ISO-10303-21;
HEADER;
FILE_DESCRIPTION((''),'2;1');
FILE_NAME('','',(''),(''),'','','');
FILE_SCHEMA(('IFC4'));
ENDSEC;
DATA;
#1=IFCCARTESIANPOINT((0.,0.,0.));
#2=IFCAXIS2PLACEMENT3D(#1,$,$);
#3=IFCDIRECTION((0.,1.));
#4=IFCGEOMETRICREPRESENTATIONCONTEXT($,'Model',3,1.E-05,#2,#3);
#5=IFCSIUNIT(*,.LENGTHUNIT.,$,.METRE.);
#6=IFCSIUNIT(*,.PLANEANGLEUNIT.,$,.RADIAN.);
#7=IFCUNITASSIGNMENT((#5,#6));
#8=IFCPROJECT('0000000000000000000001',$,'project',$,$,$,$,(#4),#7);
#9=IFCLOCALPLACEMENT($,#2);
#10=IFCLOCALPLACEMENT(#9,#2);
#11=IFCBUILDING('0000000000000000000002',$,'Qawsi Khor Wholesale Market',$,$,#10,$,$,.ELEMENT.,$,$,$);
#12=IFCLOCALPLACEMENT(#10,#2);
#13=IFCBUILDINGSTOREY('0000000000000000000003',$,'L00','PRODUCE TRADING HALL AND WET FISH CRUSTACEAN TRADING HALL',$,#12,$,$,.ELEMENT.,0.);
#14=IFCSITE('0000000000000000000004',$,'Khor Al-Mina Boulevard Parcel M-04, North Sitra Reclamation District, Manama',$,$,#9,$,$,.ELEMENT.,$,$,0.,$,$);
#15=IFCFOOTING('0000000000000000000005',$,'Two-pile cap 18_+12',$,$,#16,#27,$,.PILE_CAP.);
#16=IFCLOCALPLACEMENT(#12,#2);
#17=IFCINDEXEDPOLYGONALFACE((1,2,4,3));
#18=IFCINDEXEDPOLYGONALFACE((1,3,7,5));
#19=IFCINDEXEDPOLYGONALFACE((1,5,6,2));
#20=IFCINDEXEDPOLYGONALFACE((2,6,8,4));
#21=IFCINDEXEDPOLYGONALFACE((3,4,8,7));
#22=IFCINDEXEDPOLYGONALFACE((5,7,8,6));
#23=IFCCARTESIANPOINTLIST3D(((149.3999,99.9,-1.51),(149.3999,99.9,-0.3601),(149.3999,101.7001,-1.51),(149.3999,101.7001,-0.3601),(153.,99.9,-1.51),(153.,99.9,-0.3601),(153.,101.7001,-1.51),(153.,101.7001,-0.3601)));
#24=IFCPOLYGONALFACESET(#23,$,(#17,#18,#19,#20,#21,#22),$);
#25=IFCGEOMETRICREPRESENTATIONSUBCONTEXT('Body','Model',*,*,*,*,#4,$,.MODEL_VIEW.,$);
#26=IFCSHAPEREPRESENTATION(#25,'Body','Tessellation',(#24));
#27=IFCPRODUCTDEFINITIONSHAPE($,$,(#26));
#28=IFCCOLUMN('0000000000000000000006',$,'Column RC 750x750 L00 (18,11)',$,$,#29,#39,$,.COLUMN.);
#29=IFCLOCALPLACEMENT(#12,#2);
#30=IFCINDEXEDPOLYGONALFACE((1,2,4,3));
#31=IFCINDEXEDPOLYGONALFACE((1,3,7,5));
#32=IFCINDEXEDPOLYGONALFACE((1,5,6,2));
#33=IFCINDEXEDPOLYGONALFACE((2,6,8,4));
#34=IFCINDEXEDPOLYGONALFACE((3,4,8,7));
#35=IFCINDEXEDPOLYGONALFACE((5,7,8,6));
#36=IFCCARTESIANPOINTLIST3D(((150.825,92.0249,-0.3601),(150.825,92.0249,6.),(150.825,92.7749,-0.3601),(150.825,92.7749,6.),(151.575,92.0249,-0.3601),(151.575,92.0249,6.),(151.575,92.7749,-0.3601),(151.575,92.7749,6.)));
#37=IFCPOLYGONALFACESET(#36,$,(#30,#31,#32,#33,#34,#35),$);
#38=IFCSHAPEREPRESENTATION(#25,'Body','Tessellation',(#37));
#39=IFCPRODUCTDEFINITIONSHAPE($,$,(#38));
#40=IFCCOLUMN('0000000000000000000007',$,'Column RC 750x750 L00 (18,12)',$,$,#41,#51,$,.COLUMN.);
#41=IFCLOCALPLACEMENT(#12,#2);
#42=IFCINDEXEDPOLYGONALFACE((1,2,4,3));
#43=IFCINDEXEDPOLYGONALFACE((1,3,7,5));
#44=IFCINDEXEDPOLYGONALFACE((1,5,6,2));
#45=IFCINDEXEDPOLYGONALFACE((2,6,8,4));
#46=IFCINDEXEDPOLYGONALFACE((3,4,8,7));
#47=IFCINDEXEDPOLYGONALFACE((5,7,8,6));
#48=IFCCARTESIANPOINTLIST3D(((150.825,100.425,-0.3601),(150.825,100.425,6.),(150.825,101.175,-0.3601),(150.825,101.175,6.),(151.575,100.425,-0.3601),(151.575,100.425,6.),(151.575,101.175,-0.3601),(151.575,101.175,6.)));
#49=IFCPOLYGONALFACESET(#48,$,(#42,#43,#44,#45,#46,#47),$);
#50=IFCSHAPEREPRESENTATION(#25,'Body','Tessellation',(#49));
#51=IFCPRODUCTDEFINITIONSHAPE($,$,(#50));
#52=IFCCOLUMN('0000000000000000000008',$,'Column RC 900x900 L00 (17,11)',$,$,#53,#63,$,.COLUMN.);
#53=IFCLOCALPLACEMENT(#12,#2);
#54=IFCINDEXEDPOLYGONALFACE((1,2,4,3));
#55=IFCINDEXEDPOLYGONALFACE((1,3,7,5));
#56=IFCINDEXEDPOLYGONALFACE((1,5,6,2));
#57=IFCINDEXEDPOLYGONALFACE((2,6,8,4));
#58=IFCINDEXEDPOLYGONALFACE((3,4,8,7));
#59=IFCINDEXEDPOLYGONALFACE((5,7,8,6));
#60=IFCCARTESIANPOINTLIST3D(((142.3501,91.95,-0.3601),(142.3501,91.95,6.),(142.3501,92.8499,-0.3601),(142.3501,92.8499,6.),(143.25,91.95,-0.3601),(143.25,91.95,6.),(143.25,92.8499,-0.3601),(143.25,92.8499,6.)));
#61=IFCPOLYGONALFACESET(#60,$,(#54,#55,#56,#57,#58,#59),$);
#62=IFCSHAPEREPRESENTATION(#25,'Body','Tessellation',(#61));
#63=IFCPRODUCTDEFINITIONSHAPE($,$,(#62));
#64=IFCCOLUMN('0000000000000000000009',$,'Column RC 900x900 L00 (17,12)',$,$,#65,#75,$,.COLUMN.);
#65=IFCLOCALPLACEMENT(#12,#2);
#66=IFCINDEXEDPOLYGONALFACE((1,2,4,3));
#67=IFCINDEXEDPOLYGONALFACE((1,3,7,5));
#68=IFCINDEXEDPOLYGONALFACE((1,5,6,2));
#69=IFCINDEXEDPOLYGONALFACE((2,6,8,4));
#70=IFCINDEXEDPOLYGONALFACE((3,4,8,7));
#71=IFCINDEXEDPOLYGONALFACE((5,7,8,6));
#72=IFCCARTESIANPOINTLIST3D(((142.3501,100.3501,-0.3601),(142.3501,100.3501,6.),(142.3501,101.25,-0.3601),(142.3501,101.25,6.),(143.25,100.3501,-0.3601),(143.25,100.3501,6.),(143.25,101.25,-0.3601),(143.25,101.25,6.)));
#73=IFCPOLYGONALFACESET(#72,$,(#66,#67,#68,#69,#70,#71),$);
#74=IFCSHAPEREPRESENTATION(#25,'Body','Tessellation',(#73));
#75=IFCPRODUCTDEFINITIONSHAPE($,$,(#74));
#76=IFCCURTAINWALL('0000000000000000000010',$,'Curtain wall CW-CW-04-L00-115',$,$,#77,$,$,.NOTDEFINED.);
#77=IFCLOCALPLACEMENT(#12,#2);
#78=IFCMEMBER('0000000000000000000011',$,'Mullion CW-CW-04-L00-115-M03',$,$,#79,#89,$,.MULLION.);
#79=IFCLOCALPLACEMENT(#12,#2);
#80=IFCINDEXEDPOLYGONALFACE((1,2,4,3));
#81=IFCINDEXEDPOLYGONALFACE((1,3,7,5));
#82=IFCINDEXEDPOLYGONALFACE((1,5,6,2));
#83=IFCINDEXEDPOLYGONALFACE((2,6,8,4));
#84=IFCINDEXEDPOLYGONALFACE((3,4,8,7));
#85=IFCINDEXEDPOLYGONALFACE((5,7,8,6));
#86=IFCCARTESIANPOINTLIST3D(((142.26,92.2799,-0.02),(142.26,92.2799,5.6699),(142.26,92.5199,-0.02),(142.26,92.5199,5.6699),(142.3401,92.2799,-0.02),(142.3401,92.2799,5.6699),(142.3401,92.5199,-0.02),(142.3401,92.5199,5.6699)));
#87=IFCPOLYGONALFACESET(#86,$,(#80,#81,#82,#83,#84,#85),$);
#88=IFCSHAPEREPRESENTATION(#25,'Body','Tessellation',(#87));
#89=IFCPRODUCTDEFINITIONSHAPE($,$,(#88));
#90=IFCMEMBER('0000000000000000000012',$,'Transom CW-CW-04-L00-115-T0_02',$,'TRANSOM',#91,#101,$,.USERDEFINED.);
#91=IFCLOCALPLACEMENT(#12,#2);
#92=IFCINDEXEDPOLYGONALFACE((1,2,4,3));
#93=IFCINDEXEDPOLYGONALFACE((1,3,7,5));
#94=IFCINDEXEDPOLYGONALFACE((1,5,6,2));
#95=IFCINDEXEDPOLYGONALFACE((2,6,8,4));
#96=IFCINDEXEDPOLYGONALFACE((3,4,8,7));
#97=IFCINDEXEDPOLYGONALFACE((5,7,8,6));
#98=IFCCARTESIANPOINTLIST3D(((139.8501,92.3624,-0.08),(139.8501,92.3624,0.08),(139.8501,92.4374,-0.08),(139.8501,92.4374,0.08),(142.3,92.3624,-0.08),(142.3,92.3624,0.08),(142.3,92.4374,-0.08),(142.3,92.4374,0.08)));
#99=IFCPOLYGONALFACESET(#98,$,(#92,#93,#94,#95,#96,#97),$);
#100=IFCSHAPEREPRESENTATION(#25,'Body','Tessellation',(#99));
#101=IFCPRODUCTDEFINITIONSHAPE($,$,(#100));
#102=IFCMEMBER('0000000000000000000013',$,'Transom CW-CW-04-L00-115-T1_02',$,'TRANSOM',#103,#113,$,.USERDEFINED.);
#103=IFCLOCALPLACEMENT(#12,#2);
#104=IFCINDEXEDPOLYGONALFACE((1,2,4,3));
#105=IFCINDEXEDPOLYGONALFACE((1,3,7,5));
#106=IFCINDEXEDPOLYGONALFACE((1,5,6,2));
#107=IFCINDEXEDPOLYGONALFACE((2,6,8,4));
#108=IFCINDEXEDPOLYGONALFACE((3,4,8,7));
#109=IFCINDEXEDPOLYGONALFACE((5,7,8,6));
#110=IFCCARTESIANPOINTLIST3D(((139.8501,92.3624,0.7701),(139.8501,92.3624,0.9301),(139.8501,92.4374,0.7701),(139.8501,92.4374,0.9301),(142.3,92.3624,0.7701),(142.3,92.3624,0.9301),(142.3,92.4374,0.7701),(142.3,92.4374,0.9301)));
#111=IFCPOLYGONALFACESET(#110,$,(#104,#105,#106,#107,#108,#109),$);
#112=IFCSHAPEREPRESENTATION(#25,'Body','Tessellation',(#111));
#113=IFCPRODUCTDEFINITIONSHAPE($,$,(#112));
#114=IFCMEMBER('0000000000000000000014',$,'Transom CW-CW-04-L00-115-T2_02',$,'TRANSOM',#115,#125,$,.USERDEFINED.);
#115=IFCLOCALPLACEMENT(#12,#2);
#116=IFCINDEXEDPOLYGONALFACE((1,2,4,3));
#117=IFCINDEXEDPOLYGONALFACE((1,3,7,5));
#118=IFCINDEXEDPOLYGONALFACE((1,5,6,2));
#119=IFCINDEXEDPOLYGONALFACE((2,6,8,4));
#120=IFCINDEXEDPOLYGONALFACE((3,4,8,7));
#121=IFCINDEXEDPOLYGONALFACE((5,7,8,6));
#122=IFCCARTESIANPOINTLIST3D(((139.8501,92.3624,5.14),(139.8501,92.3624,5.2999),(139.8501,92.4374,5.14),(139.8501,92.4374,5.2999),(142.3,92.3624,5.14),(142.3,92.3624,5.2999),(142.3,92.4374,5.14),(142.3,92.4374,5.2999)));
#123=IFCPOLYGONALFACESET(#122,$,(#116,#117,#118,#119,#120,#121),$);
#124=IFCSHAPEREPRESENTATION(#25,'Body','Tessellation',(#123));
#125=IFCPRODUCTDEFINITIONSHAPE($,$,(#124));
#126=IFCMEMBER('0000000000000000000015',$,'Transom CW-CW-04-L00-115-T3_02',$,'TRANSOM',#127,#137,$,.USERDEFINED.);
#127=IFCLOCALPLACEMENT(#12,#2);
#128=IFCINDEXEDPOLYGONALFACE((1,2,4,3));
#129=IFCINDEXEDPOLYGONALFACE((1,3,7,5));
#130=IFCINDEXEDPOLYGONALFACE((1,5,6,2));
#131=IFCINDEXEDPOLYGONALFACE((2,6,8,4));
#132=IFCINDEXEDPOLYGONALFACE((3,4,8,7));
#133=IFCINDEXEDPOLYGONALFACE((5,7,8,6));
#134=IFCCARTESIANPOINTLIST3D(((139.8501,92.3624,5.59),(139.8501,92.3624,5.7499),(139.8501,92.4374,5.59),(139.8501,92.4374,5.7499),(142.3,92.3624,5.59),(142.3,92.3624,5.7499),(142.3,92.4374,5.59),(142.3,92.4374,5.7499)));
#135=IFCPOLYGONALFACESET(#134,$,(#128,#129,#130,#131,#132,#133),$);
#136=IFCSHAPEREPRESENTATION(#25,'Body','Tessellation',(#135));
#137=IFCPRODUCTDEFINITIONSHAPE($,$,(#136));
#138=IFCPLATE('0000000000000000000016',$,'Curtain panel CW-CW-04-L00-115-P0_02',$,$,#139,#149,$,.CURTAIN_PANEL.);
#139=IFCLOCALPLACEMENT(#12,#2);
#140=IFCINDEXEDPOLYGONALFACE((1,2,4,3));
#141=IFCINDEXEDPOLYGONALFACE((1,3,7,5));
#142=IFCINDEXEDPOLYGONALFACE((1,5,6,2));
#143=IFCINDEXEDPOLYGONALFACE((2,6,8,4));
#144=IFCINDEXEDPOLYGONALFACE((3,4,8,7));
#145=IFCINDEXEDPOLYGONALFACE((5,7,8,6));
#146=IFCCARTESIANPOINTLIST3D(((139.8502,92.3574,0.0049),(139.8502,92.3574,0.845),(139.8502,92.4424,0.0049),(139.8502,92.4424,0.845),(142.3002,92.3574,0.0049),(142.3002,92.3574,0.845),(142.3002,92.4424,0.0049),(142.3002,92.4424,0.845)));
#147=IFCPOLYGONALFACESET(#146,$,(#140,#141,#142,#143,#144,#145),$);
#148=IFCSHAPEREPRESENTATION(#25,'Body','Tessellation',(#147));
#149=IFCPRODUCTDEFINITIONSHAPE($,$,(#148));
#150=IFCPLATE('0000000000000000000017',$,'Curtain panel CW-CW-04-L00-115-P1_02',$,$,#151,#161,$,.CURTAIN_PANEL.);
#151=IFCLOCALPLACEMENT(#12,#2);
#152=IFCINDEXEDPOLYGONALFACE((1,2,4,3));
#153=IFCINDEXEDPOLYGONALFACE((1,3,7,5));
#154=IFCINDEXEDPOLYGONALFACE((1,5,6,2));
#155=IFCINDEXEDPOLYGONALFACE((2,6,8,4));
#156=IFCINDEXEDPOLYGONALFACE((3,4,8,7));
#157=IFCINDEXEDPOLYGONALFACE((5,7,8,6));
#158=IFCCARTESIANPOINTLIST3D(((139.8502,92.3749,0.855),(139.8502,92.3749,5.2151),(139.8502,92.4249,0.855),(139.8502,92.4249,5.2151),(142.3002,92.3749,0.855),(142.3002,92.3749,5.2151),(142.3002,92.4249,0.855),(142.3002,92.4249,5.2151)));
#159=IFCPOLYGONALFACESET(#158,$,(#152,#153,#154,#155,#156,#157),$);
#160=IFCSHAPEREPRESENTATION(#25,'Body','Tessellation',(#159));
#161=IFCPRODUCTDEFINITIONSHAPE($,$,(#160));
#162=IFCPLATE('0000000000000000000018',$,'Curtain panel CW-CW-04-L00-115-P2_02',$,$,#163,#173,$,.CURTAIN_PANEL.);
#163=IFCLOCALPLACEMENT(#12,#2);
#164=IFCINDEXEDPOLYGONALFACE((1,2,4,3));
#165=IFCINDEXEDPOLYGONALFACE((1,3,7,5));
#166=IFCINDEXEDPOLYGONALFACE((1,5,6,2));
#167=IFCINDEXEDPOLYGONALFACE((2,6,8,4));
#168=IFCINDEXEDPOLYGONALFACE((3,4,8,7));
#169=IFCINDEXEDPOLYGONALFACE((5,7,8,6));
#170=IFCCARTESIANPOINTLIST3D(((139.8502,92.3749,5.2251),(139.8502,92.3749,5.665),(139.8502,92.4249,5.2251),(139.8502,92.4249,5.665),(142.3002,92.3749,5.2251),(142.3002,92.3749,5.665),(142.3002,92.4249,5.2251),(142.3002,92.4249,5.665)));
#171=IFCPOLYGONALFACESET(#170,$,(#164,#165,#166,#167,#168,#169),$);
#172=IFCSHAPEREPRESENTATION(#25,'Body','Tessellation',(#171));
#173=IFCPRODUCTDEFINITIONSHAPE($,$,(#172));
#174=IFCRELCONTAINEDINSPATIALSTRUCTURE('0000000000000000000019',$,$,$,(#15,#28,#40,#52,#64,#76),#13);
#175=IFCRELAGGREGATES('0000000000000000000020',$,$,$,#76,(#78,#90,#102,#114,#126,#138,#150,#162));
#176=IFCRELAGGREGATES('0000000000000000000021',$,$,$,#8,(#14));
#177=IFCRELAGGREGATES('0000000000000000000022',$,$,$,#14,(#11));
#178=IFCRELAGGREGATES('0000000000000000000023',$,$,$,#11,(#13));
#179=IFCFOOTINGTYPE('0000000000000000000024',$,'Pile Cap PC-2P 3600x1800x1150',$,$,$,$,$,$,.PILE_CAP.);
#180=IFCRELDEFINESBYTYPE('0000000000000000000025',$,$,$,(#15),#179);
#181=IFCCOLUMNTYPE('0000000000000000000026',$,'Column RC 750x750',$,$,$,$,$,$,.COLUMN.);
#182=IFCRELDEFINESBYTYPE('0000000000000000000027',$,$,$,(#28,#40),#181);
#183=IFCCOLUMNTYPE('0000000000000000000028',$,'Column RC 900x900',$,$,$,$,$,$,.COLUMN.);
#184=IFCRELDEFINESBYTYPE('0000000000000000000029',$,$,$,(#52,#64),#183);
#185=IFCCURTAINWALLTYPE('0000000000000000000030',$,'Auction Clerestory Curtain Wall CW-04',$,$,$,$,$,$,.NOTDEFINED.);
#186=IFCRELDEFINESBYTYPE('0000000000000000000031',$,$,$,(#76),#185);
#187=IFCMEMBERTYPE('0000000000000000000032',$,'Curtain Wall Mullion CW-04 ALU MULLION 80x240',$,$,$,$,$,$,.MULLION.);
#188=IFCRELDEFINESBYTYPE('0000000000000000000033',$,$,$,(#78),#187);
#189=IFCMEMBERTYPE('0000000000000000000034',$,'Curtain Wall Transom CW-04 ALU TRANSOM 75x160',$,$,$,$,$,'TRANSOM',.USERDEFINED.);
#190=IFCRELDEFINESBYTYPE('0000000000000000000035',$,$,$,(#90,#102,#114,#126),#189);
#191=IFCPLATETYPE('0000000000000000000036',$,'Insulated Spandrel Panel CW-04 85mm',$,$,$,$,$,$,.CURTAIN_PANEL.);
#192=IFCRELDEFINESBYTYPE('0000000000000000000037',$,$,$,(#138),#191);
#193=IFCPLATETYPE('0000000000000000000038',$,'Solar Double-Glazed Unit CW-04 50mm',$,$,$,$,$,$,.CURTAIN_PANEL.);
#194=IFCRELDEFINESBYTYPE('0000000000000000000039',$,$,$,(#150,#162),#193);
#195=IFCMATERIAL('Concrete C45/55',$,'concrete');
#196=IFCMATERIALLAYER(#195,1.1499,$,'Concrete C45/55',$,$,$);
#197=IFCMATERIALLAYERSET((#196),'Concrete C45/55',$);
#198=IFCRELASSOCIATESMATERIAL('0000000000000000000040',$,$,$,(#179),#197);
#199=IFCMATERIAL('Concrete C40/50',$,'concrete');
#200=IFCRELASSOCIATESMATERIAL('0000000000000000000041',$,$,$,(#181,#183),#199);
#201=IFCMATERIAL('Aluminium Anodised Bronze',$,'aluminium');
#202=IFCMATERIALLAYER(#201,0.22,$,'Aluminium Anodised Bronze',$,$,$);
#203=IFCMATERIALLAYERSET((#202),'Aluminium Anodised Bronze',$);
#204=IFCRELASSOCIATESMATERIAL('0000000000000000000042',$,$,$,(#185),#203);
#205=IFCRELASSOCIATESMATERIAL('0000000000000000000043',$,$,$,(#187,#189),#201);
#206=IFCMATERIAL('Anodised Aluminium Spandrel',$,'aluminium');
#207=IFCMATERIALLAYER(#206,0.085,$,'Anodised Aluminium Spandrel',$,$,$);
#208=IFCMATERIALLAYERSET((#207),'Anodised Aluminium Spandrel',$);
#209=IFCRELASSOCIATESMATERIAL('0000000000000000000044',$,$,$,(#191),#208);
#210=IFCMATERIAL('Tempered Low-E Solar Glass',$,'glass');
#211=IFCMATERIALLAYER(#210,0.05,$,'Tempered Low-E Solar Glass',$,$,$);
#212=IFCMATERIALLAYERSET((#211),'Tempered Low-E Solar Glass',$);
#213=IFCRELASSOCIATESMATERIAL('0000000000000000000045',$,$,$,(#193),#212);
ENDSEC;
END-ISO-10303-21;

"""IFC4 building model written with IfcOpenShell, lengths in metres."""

from ifc_helpers import new_model, si_unit, direction, frame, frame_2d, origin, origin_2d, place, context, subcontext, project, spatial, rectangle, extrude, material, layer, layer_set, material_profile, profile_set, type_object, element, aggregate, save


model = new_model("IFC4")

# Units and contexts
model_context = context("Model", 3, precision=1e-05, world=origin(), true_north=direction((0.0, 1.0)))
body_context = subcontext(model_context, "Body", "Model", "MODEL_VIEW")
ifc_project = project(units=[si_unit("LENGTHUNIT", "METRE"), si_unit("PLANEANGLEUNIT", "RADIAN")], contexts=[model_context])

# Site, building, storey
site_placement = place(None, origin())
site = spatial("IfcSite", under=ifc_project, at=site_placement, Name="Khor Al-Mina Boulevard Parcel M-04, North Sitra Reclamation District, Manama", CompositionType="ELEMENT", RefElevation=0.0)
building_placement = place(site_placement, origin())
building = spatial("IfcBuilding", under=site, at=building_placement, Name="Qawsi Khor Wholesale Market", CompositionType="ELEMENT")
storey_placement = place(building_placement, origin())
storey = spatial("IfcBuildingStorey", under=building, at=storey_placement, Name="L00", Description="PRODUCE TRADING HALL AND WET FISH CRUSTACEAN TRADING HALL", CompositionType="ELEMENT", Elevation=0.0)

# Shared definitions
ifc_material_1 = material(Name="Concrete C45/55", Category="concrete")

# Footing
ifc_layer_1 = layer(ifc_material_1, 1.1499, Name="Concrete C45/55")
ifc_layer_set_1 = layer_set([ifc_layer_1], Name="Concrete C45/55")
footing_type_1 = type_object("IfcFootingType", Name="Pile Cap PC-2P 3600x1800x1150", PredefinedType="PILE_CAP", material=ifc_layer_set_1)
for number, where, z_axis, x_axis, name in (
    (1, (151.2, 100.8, -1.51), (0.0, 0.0, 1.0), (1.0, 0.0, 0.0), "Two-pile cap 18_+12"),
):
    element("IfcFooting", number, at=place(storey_placement, frame(where, z_axis=z_axis, x_axis=x_axis)), inside=storey, type_object=footing_type_1, Name=name, PredefinedType="PILE_CAP", context=body_context, shape_type="SweptSolid", body=[
        extrude(rectangle(XDim=3.6001, YDim=1.8, at=origin_2d()), origin(), (0.0, 0.0, 1.0), 1.1499),
    ])

# Columns
ifc_material_2 = material(Name="Concrete C40/50", Category="concrete")
ifc_material_profile_1 = material_profile(ifc_material_2, rectangle(XDim=0.75, YDim=0.75, at=origin_2d()), Name="RC 750x750")
ifc_profile_set_1 = profile_set([ifc_material_profile_1], Name="Concrete C40/50")
column_type_1 = type_object("IfcColumnType", Name="Column RC 750x750", PredefinedType="COLUMN", material=ifc_profile_set_1)
for number, where, z_axis, x_axis, name in (
    (2, (151.2, 92.3999, -0.3601), (0.0, 0.0, 1.0), (1.0, 0.0, 0.0), "Column RC 750x750 L00 (18,11)"),
    (3, (151.2, 100.8, -0.3601), (0.0, 0.0, 1.0), (1.0, 0.0, 0.0), "Column RC 750x750 L00 (18,12)"),
):
    element("IfcColumn", number, at=place(storey_placement, frame(where, z_axis=z_axis, x_axis=x_axis)), inside=storey, type_object=column_type_1, Name=name, PredefinedType="COLUMN", context=body_context, shape_type="SweptSolid", body=[
        extrude(rectangle(XDim=0.75, YDim=0.75, at=origin_2d()), origin(), (0.0, 0.0, 1.0), 6.3601),
    ])
ifc_material_profile_2 = material_profile(ifc_material_2, rectangle(XDim=0.8999, YDim=0.8999, at=origin_2d()), Name="RC 900x900")
ifc_profile_set_2 = profile_set([ifc_material_profile_2], Name="Concrete C40/50")
column_type_2 = type_object("IfcColumnType", Name="Column RC 900x900", PredefinedType="COLUMN", material=ifc_profile_set_2)
for number, where, z_axis, x_axis, name in (
    (4, (142.8, 92.3999, -0.3601), (0.0, 0.0, 1.0), (1.0, 0.0, 0.0), "Column RC 900x900 L00 (17,11)"),
    (5, (142.8, 100.8, -0.3601), (0.0, 0.0, 1.0), (1.0, 0.0, 0.0), "Column RC 900x900 L00 (17,12)"),
):
    element("IfcColumn", number, at=place(storey_placement, frame(where, z_axis=z_axis, x_axis=x_axis)), inside=storey, type_object=column_type_2, Name=name, PredefinedType="COLUMN", context=body_context, shape_type="SweptSolid", body=[
        extrude(rectangle(XDim=0.8999, YDim=0.8999, at=origin_2d()), origin(), (0.0, 0.0, 1.0), 6.3601),
    ])

# Curtain wall, members, plates
ifc_material_3 = material(Name="Aluminium Anodised Bronze", Category="aluminium")
ifc_layer_2 = layer(ifc_material_3, 0.22, Name="Aluminium Anodised Bronze")
ifc_layer_set_2 = layer_set([ifc_layer_2], Name="Aluminium Anodised Bronze")
curtain_wall_type = type_object("IfcCurtainWallType", Name="Auction Clerestory Curtain Wall CW-04", PredefinedType="NOTDEFINED", material=ifc_layer_set_2)
curtain_wall_placement = place(storey_placement, origin())
curtain_wall = element("IfcCurtainWall", 6, at=curtain_wall_placement, inside=storey, type_object=curtain_wall_type, Name="Curtain wall CW-CW-04-L00-115", PredefinedType="NOTDEFINED")
ifc_material_profile_3 = material_profile(ifc_material_3, rectangle(XDim=0.0801, YDim=0.24, at=origin_2d()), Name="ALU MULLION 80x240")
ifc_profile_set_3 = profile_set([ifc_material_profile_3], Name="Aluminium Anodised Bronze")
member_type_1 = type_object("IfcMemberType", Name="Curtain Wall Mullion CW-04 ALU MULLION 80x240", PredefinedType="MULLION", material=ifc_profile_set_3)
member_1_placement = place(storey_placement, frame((142.3, 92.3999, -0.02), z_axis=(0.0, 0.0, 1.0), x_axis=(1.0, 0.0, 0.0)))
member_1 = element("IfcMember", 7, at=member_1_placement, type_object=member_type_1, Name="Mullion CW-CW-04-L00-115-M03", PredefinedType="MULLION", context=body_context, shape_type="SweptSolid", body=[
    extrude(rectangle(XDim=0.0801, YDim=0.24, at=origin_2d()), origin(), (0.0, 0.0, 1.0), 5.6899),
])
ifc_material_profile_4 = material_profile(ifc_material_3, rectangle(XDim=0.075, YDim=0.1599, at=origin_2d()), Name="ALU TRANSOM 75x160")
ifc_profile_set_4 = profile_set([ifc_material_profile_4], Name="Aluminium Anodised Bronze")
member_type_2 = type_object("IfcMemberType", Name="Curtain Wall Transom CW-04 ALU TRANSOM 75x160", ElementType="TRANSOM", PredefinedType="USERDEFINED", material=ifc_profile_set_4)
member_2_placement = place(storey_placement, frame((139.8501, 92.3999, 0.0), z_axis=(1.0, 0.0, 0.0), x_axis=(0.0, 1.0, 0.0)))
member_2 = element("IfcMember", 8, at=member_2_placement, type_object=member_type_2, Name="Transom CW-CW-04-L00-115-T0_02", ObjectType="TRANSOM", PredefinedType="USERDEFINED", context=body_context, shape_type="SweptSolid", body=[
    extrude(rectangle(XDim=0.075, YDim=0.1599, at=origin_2d()), origin(), (0.0, 0.0, 1.0), 2.45),
])
member_3_placement = place(storey_placement, frame((139.8501, 92.3999, 0.8501), z_axis=(1.0, 0.0, 0.0), x_axis=(0.0, 1.0, 0.0)))
member_3 = element("IfcMember", 9, at=member_3_placement, type_object=member_type_2, Name="Transom CW-CW-04-L00-115-T1_02", ObjectType="TRANSOM", PredefinedType="USERDEFINED", context=body_context, shape_type="SweptSolid", body=[
    extrude(rectangle(XDim=0.075, YDim=0.1599, at=origin_2d()), origin(), (0.0, 0.0, 1.0), 2.45),
])
member_4_placement = place(storey_placement, frame((139.8501, 92.3999, 5.22), z_axis=(1.0, 0.0, 0.0), x_axis=(0.0, 1.0, 0.0)))
member_4 = element("IfcMember", 10, at=member_4_placement, type_object=member_type_2, Name="Transom CW-CW-04-L00-115-T2_02", ObjectType="TRANSOM", PredefinedType="USERDEFINED", context=body_context, shape_type="SweptSolid", body=[
    extrude(rectangle(XDim=0.075, YDim=0.1599, at=origin_2d()), origin(), (0.0, 0.0, 1.0), 2.45),
])
member_5_placement = place(storey_placement, frame((139.8501, 92.3999, 5.6699), z_axis=(1.0, 0.0, 0.0), x_axis=(0.0, 1.0, 0.0)))
member_5 = element("IfcMember", 11, at=member_5_placement, type_object=member_type_2, Name="Transom CW-CW-04-L00-115-T3_02", ObjectType="TRANSOM", PredefinedType="USERDEFINED", context=body_context, shape_type="SweptSolid", body=[
    extrude(rectangle(XDim=0.075, YDim=0.1599, at=origin_2d()), origin(), (0.0, 0.0, 1.0), 2.45),
])
ifc_material_4 = material(Name="Anodised Aluminium Spandrel", Category="aluminium")
ifc_layer_3 = layer(ifc_material_4, 0.085, Name="Anodised Aluminium Spandrel")
ifc_layer_set_3 = layer_set([ifc_layer_3], Name="Anodised Aluminium Spandrel")
plate_type_1 = type_object("IfcPlateType", Name="Insulated Spandrel Panel CW-04 85mm", PredefinedType="CURTAIN_PANEL", material=ifc_layer_set_3)
plate_1_placement = place(storey_placement, frame((139.8501, 92.3999, 0.0049), z_axis=(0.0, 0.0, 1.0), x_axis=(1.0, 0.0, 0.0)))
plate_1 = element("IfcPlate", 12, at=plate_1_placement, type_object=plate_type_1, Name="Curtain panel CW-CW-04-L00-115-P0_02", PredefinedType="CURTAIN_PANEL", context=body_context, shape_type="SweptSolid", body=[
    extrude(rectangle(XDim=2.45, YDim=0.085, at=frame_2d((1.2251, 0.0))), origin(), (0.0, 0.0, 1.0), 0.8401),
])
ifc_material_5 = material(Name="Tempered Low-E Solar Glass", Category="glass")
ifc_layer_4 = layer(ifc_material_5, 0.05, Name="Tempered Low-E Solar Glass")
ifc_layer_set_4 = layer_set([ifc_layer_4], Name="Tempered Low-E Solar Glass")
plate_type_2 = type_object("IfcPlateType", Name="Solar Double-Glazed Unit CW-04 50mm", PredefinedType="CURTAIN_PANEL", material=ifc_layer_set_4)
plate_2_placement = place(storey_placement, frame((139.8501, 92.3999, 0.855), z_axis=(0.0, 0.0, 1.0), x_axis=(1.0, 0.0, 0.0)))
plate_2 = element("IfcPlate", 13, at=plate_2_placement, type_object=plate_type_2, Name="Curtain panel CW-CW-04-L00-115-P1_02", PredefinedType="CURTAIN_PANEL", context=body_context, shape_type="SweptSolid", body=[
    extrude(rectangle(XDim=2.45, YDim=0.05, at=frame_2d((1.2251, 0.0))), origin(), (0.0, 0.0, 1.0), 4.3601),
])
plate_3_placement = place(storey_placement, frame((139.8501, 92.3999, 5.2251), z_axis=(0.0, 0.0, 1.0), x_axis=(1.0, 0.0, 0.0)))
plate_3 = element("IfcPlate", 14, at=plate_3_placement, type_object=plate_type_2, Name="Curtain panel CW-CW-04-L00-115-P2_02", PredefinedType="CURTAIN_PANEL", context=body_context, shape_type="SweptSolid", body=[
    extrude(rectangle(XDim=2.45, YDim=0.05, at=frame_2d((1.2251, 0.0))), origin(), (0.0, 0.0, 1.0), 0.4399),
])
aggregate(curtain_wall, [member_1, member_2, member_3, member_4, member_5, plate_1, plate_2, plate_3])

save(model, "model.ifc")
